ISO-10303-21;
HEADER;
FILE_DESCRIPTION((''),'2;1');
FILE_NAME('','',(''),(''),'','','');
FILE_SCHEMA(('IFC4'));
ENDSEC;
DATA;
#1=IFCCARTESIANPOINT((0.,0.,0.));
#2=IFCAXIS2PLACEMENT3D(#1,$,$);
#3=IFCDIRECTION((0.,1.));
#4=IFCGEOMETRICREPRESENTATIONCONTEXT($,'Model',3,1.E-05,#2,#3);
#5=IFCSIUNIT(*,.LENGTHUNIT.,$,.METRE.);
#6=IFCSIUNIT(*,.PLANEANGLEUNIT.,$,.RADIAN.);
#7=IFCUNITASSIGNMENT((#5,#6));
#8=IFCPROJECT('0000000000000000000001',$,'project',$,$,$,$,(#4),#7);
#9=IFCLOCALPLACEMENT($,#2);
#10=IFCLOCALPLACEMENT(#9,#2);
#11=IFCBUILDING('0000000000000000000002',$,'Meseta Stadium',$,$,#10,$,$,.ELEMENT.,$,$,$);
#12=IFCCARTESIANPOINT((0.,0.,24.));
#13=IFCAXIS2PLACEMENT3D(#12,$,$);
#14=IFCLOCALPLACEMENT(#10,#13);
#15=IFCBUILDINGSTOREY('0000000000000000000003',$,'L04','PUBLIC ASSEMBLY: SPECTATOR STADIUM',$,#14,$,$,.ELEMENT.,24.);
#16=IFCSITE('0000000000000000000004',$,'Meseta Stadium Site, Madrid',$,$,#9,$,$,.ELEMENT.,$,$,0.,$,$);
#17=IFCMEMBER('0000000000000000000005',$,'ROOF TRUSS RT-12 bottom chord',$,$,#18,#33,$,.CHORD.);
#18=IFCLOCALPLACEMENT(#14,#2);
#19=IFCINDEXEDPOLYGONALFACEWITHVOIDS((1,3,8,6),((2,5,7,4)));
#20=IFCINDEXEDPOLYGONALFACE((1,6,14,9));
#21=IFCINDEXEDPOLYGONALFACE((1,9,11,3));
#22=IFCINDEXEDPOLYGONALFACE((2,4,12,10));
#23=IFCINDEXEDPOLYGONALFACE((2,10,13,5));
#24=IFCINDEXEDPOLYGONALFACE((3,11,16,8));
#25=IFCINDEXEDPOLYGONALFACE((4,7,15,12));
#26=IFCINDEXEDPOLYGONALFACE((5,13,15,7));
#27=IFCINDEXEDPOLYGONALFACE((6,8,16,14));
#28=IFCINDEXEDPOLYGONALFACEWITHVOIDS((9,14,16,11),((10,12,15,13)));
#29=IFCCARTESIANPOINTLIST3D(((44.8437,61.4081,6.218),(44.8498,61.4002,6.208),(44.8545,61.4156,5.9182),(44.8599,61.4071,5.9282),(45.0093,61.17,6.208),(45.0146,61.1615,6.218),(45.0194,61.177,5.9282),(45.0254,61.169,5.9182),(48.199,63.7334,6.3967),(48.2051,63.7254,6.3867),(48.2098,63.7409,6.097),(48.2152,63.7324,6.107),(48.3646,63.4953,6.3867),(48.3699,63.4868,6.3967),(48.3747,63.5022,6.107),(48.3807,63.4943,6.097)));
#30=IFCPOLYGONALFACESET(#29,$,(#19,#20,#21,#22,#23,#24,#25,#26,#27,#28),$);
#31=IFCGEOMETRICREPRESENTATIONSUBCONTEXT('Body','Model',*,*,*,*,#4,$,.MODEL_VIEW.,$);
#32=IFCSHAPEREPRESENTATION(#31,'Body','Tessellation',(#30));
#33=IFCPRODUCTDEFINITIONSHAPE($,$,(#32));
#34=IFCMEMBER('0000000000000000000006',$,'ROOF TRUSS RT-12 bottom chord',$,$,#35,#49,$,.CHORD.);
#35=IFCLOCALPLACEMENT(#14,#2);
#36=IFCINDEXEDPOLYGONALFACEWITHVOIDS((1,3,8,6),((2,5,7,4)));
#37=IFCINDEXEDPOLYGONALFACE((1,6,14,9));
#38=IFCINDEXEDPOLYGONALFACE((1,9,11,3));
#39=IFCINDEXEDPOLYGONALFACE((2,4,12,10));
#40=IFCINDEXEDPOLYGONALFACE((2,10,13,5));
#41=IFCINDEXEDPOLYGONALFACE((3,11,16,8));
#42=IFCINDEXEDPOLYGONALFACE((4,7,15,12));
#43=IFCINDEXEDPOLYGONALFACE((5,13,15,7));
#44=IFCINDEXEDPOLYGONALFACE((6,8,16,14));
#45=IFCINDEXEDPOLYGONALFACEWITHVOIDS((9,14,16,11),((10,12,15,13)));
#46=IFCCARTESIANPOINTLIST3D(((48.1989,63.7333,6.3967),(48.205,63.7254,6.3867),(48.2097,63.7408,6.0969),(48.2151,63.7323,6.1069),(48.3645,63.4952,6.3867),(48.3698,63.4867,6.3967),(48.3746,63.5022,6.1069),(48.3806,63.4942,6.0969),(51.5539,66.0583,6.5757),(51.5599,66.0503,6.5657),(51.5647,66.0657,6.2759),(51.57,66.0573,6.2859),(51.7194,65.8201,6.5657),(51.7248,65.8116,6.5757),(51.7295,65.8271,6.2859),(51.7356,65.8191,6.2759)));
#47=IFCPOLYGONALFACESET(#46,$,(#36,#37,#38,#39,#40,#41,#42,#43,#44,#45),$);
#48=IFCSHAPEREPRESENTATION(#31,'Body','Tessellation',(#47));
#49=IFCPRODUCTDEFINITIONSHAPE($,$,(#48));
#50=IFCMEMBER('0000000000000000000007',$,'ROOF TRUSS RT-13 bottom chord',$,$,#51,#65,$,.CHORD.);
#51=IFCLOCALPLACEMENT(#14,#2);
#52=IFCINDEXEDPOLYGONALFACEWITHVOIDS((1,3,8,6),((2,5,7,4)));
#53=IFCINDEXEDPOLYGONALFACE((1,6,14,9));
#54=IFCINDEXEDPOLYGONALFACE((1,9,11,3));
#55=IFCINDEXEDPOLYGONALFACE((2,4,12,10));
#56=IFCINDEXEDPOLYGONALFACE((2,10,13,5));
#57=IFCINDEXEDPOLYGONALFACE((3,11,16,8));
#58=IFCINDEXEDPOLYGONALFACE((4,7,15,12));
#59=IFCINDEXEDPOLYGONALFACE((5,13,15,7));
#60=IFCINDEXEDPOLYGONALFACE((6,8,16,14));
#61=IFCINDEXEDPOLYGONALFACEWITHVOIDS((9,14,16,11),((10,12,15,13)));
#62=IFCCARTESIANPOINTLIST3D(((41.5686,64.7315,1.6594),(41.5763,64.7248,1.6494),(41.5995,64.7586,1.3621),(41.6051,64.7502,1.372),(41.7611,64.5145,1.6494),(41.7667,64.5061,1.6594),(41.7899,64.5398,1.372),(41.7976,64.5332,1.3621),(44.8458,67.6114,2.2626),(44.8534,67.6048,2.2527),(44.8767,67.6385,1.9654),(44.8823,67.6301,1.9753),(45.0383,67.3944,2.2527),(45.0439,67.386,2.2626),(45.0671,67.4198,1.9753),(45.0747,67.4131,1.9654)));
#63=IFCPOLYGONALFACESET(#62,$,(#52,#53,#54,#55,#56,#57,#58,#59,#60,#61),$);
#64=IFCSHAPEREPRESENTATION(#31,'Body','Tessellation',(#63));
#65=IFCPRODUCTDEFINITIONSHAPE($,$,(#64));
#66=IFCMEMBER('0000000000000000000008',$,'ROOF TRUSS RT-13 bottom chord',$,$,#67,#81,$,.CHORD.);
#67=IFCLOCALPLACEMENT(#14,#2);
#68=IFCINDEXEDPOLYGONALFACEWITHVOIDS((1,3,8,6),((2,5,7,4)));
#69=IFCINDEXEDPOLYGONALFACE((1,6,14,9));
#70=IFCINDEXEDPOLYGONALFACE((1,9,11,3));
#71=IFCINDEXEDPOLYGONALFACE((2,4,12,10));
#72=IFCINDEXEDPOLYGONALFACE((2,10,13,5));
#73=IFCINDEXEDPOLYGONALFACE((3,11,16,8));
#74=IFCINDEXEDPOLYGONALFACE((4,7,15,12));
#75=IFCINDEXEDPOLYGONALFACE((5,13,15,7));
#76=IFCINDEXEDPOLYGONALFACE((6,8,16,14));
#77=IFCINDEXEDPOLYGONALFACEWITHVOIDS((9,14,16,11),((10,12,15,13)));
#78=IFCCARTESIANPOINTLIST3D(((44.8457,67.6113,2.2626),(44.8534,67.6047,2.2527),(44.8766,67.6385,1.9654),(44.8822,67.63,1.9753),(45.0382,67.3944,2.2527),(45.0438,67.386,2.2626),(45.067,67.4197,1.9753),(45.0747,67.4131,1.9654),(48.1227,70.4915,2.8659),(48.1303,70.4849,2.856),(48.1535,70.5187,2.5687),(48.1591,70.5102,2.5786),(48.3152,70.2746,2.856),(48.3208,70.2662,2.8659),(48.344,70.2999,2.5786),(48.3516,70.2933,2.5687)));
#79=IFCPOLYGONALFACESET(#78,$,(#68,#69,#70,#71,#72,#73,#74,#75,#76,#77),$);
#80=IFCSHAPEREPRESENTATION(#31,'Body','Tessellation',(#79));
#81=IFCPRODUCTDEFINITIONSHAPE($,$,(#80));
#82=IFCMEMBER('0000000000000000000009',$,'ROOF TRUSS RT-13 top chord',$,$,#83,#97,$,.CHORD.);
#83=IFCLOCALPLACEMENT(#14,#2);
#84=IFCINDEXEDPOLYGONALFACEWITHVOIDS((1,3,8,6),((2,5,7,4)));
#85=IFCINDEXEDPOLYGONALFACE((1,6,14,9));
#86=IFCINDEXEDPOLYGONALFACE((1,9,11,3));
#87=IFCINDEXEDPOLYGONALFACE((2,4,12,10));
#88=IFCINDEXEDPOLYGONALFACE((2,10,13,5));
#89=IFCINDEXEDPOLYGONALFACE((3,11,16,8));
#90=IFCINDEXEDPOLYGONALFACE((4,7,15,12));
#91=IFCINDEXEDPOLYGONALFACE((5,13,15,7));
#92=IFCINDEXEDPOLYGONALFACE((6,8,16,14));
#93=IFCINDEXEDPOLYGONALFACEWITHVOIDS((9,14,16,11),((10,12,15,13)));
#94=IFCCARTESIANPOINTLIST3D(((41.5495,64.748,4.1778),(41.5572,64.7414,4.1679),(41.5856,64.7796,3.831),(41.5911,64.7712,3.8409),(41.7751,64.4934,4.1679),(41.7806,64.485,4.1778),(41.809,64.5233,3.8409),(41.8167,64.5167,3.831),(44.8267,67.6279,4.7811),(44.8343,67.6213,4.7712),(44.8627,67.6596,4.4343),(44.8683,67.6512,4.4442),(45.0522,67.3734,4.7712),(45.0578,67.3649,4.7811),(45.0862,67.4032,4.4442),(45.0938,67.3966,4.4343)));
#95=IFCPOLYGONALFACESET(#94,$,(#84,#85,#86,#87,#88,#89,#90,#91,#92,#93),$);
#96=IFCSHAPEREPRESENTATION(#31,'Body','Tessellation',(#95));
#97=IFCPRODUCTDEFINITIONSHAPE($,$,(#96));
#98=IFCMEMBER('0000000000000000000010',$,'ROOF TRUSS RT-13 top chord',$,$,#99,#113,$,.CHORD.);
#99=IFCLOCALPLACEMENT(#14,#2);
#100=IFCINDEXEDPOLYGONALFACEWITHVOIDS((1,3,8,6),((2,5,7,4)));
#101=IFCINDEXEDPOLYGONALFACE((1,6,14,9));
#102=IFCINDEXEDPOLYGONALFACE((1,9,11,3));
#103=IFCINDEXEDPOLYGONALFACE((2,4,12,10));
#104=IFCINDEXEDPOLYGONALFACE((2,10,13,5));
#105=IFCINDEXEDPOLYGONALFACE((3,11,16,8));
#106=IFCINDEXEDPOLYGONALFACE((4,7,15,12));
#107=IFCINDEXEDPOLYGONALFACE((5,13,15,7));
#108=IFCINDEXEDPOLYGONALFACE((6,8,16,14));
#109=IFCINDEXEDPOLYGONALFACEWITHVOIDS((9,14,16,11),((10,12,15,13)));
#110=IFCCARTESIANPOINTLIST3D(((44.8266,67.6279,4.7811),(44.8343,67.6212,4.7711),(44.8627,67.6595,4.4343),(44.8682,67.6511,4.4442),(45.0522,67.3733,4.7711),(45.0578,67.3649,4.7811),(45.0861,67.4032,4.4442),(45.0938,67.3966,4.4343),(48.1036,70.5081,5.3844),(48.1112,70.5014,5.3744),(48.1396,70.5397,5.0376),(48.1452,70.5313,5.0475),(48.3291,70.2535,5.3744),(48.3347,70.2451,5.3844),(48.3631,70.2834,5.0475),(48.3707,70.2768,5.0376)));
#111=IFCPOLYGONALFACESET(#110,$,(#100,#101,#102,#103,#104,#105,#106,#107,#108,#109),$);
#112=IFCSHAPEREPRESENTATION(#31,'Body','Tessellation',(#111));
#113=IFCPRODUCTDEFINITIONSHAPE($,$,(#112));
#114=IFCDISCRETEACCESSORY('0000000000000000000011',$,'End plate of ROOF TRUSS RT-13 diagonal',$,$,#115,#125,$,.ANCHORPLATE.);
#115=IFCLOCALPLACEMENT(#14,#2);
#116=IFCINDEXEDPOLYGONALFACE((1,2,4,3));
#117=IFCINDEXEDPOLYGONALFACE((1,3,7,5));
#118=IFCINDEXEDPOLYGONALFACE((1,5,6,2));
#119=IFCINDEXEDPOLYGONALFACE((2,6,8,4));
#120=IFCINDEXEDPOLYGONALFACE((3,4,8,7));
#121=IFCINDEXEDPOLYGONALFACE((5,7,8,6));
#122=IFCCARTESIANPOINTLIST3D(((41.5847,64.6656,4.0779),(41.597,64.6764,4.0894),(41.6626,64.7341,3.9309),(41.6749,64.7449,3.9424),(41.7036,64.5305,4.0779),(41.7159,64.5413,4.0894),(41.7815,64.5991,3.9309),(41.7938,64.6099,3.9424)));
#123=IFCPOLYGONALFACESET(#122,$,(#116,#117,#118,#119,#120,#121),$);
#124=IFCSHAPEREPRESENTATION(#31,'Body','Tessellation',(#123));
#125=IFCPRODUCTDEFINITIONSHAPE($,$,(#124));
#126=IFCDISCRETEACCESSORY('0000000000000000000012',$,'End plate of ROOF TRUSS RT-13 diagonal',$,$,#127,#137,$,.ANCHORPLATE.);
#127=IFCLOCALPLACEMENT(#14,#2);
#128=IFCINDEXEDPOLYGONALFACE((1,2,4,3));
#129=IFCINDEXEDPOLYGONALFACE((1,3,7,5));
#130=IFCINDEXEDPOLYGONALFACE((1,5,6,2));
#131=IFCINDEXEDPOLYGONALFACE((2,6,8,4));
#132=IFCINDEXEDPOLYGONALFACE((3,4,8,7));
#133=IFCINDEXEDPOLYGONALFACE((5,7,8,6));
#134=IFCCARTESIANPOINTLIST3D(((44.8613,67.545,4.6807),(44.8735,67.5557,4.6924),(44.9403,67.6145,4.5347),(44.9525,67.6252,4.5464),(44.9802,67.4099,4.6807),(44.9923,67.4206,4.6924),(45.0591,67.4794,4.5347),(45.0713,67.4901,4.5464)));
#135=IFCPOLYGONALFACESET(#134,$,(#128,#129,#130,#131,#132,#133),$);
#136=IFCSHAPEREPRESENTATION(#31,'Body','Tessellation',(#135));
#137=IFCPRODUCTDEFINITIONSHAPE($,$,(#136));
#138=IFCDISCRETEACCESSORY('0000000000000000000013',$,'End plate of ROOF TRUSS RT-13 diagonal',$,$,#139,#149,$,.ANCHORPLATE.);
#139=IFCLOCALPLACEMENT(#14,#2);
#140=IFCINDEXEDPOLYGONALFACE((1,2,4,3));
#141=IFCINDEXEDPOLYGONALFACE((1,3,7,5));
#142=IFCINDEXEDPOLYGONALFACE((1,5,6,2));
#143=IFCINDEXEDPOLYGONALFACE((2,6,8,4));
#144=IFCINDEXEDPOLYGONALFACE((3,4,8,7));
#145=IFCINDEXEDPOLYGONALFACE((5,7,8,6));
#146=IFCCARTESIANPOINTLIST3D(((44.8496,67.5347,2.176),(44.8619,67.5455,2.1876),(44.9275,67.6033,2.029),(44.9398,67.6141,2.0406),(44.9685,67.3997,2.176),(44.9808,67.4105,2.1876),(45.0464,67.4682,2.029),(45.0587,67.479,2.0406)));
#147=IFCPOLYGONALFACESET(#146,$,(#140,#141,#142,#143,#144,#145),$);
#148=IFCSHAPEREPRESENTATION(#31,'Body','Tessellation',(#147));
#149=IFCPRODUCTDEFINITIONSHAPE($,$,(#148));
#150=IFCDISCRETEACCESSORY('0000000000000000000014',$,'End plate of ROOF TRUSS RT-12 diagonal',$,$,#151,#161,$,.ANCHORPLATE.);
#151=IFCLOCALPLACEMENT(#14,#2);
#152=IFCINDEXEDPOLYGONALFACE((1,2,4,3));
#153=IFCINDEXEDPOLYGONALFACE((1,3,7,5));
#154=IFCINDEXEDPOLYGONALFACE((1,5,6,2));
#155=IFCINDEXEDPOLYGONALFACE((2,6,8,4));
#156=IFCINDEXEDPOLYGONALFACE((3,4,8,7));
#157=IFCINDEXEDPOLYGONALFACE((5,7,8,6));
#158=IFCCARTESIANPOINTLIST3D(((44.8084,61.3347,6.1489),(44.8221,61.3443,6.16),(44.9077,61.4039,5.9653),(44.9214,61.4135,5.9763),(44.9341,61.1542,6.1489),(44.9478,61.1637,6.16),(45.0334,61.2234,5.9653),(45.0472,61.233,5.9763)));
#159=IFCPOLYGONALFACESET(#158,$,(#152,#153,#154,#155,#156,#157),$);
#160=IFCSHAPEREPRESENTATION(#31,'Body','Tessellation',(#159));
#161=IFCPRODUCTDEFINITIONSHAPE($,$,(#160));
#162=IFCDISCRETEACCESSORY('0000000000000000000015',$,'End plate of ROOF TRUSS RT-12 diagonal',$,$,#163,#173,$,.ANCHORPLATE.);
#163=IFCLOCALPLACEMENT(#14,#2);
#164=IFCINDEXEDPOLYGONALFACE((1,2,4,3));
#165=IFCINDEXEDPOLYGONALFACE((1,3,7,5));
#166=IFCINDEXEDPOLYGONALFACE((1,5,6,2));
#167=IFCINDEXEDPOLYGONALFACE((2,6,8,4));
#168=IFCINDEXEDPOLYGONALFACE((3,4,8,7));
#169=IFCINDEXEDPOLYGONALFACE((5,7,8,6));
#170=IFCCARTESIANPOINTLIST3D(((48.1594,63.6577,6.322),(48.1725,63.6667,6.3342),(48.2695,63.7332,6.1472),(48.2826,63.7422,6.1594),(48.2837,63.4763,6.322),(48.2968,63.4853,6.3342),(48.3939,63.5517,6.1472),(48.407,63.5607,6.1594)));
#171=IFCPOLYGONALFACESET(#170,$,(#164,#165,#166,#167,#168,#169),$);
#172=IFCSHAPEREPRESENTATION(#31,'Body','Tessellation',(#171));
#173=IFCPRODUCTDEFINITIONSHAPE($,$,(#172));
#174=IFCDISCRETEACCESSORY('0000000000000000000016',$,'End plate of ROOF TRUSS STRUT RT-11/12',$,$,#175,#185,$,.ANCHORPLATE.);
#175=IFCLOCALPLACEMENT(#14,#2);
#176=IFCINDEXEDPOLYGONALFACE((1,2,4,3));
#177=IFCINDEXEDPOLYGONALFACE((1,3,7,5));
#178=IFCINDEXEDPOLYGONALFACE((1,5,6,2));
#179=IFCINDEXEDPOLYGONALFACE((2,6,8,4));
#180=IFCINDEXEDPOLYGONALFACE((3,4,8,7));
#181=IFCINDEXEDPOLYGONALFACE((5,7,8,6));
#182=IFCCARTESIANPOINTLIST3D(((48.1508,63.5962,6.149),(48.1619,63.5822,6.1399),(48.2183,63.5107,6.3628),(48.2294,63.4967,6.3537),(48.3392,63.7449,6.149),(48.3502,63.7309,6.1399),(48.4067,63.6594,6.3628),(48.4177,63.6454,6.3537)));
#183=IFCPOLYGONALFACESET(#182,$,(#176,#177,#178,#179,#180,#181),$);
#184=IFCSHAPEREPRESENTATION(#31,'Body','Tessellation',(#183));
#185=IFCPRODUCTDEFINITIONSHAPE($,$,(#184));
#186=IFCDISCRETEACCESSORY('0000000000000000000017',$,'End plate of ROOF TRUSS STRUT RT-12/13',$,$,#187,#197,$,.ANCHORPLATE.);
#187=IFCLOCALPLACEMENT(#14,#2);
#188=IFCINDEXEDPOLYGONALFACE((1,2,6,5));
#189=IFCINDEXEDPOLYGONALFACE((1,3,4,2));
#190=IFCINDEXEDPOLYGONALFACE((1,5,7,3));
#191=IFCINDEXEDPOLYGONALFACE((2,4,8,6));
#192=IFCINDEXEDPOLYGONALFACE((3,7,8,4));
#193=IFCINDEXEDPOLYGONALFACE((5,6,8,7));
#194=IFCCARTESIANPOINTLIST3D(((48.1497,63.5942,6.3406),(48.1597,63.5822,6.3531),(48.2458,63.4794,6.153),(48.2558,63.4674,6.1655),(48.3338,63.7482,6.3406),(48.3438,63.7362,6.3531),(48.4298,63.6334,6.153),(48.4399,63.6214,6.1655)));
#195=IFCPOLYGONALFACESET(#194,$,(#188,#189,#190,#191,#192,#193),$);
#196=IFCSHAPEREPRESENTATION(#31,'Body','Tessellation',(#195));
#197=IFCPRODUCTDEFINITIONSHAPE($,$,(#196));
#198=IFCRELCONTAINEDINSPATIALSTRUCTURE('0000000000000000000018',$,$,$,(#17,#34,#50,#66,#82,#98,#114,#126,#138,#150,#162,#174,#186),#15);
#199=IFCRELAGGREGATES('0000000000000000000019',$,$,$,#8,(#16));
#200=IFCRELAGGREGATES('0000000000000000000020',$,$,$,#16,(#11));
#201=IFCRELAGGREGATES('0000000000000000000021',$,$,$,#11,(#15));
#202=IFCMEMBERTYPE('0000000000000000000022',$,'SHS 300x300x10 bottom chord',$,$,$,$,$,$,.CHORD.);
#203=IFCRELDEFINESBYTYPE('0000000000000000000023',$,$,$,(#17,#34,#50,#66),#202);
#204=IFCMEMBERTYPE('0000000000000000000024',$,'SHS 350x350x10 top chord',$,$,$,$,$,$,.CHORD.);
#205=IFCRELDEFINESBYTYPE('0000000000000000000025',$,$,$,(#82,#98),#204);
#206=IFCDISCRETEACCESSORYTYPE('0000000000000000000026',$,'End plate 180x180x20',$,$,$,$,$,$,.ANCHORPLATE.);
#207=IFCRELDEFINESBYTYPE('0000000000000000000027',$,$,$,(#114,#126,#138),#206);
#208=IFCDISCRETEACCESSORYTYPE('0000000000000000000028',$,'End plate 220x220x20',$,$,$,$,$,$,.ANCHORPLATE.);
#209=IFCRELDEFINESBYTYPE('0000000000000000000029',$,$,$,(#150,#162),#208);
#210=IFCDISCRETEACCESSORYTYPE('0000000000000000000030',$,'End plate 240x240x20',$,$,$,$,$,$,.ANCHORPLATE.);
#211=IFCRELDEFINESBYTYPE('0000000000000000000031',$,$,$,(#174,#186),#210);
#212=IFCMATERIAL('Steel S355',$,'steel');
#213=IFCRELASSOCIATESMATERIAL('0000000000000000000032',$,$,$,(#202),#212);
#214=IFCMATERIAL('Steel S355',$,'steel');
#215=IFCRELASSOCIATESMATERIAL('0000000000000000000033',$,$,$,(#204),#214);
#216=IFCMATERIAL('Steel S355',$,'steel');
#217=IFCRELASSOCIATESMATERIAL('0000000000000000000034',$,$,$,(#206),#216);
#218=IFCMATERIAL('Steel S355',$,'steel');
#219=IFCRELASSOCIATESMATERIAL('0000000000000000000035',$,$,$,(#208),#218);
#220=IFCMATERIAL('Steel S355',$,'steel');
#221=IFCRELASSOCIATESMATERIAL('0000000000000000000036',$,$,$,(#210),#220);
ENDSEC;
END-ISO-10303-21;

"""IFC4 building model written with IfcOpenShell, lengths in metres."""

from ifc_helpers import new_model, si_unit, direction, frame, origin, origin_2d, place, context, subcontext, project, spatial, rectangle, hollow_rectangle, extrude, material, material_profile, profile_set, type_object, element, save


model = new_model("IFC4")

# Units and contexts
model_context = context("Model", 3, precision=1e-05, world=origin(), true_north=direction((0.0, 1.0)))
body_context = subcontext(model_context, "Body", "Model", "MODEL_VIEW")
ifc_project = project(units=[si_unit("LENGTHUNIT", "METRE"), si_unit("PLANEANGLEUNIT", "RADIAN")], contexts=[model_context])

# Site, building, storey
site_placement = place(None, origin())
site = spatial("IfcSite", under=ifc_project, at=site_placement, Name="Meseta Stadium Site, Madrid", CompositionType="ELEMENT", RefElevation=0.0)
building_placement = place(site_placement, origin())
building = spatial("IfcBuilding", under=site, at=building_placement, Name="Meseta Stadium", CompositionType="ELEMENT")
storey_placement = place(building_placement, frame((0.0, 0.0, 24.0)))
storey = spatial("IfcBuildingStorey", under=building, at=storey_placement, Name="L04", Description="PUBLIC ASSEMBLY: SPECTATOR STADIUM", CompositionType="ELEMENT", Elevation=24.0)

# Members
ifc_material_1 = material(Name="Steel S355", Category="steel")
ifc_material_profile_1 = material_profile(ifc_material_1, hollow_rectangle(XDim=0.3, YDim=0.3, WallThickness=0.01, at=origin_2d()), Name="SHS 300x300x10")
ifc_profile_set_1 = profile_set([ifc_material_profile_1], Name="Steel S355")
member_type_1 = type_object("IfcMemberType", Name="SHS 300x300x10 bottom chord", PredefinedType="CHORD", material=ifc_profile_set_1)
member_1_placement = place(storey_placement, frame((44.9346, 61.2886, 6.0681), z_axis=(0.821136, 0.569054, 0.043737), x_axis=(-0.569599, 0.821923, 0.0)))
element("IfcMember", 1, at=member_1_placement, inside=storey, type_object=member_type_1, Name="ROOF TRUSS RT-12 bottom chord", PredefinedType="CHORD", context=body_context, shape_type="SweptSolid", body=[
    extrude(hollow_rectangle(XDim=0.3, YDim=0.3, WallThickness=0.01, at=origin_2d()), origin(), (0.0, 0.0, 1.0), 4.0862),
])
member_2_placement = place(storey_placement, frame((48.2898, 63.6138, 6.2468), z_axis=(0.821143, 0.56904, 0.0438), x_axis=(-0.569586, 0.821932, 0.0)))
element("IfcMember", 2, at=member_2_placement, inside=storey, type_object=member_type_1, Name="ROOF TRUSS RT-12 bottom chord", PredefinedType="CHORD", context=body_context, shape_type="SweptSolid", body=[
    extrude(hollow_rectangle(XDim=0.3, YDim=0.3, WallThickness=0.01, at=origin_2d()), origin(), (0.0, 0.0, 1.0), 4.0857),
])
for number, where, z_axis, x_axis, name in (
    (3, (41.6831, 64.6323, 1.5107), (0.744084, 0.653894, 0.136976), (-0.660116, 0.751164, 0.0), "ROOF TRUSS RT-13 bottom chord"),
    (4, (44.9602, 67.5122, 2.114), (0.744032, 0.653952, 0.136977), (-0.660175, 0.751112, 0.0), "ROOF TRUSS RT-13 bottom chord"),
):
    element("IfcMember", number, at=place(storey_placement, frame(where, z_axis=z_axis, x_axis=x_axis)), inside=storey, type_object=member_type_1, Name=name, PredefinedType="CHORD", context=body_context, shape_type="SweptSolid", body=[
        extrude(hollow_rectangle(XDim=0.3, YDim=0.3, WallThickness=0.01, at=origin_2d()), origin(), (0.0, 0.0, 1.0), 4.4043),
    ])
ifc_material_2 = material(Name="Steel S355", Category="steel")
ifc_material_profile_2 = material_profile(ifc_material_2, hollow_rectangle(XDim=0.3501, YDim=0.3501, WallThickness=0.01, at=origin_2d()), Name="SHS 350x350x10")
ifc_profile_set_2 = profile_set([ifc_material_profile_2], Name="Steel S355")
member_type_2 = type_object("IfcMemberType", Name="SHS 350x350x10 top chord", PredefinedType="CHORD", material=ifc_profile_set_2)
for number, where, z_axis, x_axis, name in (
    (5, (41.6831, 64.6323, 4.0044), (0.744084, 0.653894, 0.136976), (-0.660116, 0.751164, 0.0), "ROOF TRUSS RT-13 top chord"),
    (6, (44.9602, 67.5122, 4.6077), (0.744032, 0.653952, 0.136977), (-0.660175, 0.751112, 0.0), "ROOF TRUSS RT-13 top chord"),
):
    element("IfcMember", number, at=place(storey_placement, frame(where, z_axis=z_axis, x_axis=x_axis)), inside=storey, type_object=member_type_2, Name=name, PredefinedType="CHORD", context=body_context, shape_type="SweptSolid", body=[
        extrude(hollow_rectangle(XDim=0.3501, YDim=0.3501, WallThickness=0.01, at=origin_2d()), origin(), (0.0, 0.0, 1.0), 4.4043),
    ])

# Discrete accessories
ifc_material_3 = material(Name="Steel S355", Category="steel")
ifc_material_profile_3 = material_profile(ifc_material_3, rectangle(XDim=0.1799, YDim=0.1799, at=origin_2d()), Name="PL 180x180")
ifc_profile_set_3 = profile_set([ifc_material_profile_3], Name="Steel S355")
discrete_accessory_type_1 = type_object("IfcDiscreteAccessoryType", Name="End plate 180x180x20", PredefinedType="ANCHORPLATE", material=ifc_profile_set_3)
for number, where, z_axis, x_axis, name in (
    (7, (41.6831, 64.6323, 4.0044), (0.61337, 0.539766, 0.576568), (-0.660628, 0.750714, 0.0), "End plate of ROOF TRUSS RT-13 diagonal"),
    (8, (44.9602, 67.5122, 4.6077), (0.609032, 0.535948, 0.584671), (-0.660628, 0.750714, 0.0), "End plate of ROOF TRUSS RT-13 diagonal"),
    (9, (44.948, 67.5015, 2.1025), (0.61337, 0.539766, 0.576568), (-0.660628, 0.750714, 0.0), "End plate of ROOF TRUSS RT-13 diagonal"),
):
    element("IfcDiscreteAccessory", number, at=place(storey_placement, frame(where, z_axis=z_axis, x_axis=x_axis)), inside=storey, type_object=discrete_accessory_type_1, Name=name, PredefinedType="ANCHORPLATE", context=body_context, shape_type="SweptSolid", body=[
        extrude(rectangle(XDim=0.1799, YDim=0.1799, at=origin_2d()), origin(), (0.0, 0.0, 1.0), 0.02),
    ])
ifc_material_4 = material(Name="Steel S355", Category="steel")
ifc_material_profile_4 = material_profile(ifc_material_4, rectangle(XDim=0.22, YDim=0.22, at=origin_2d()), Name="PL 220x220")
ifc_profile_set_4 = profile_set([ifc_material_profile_4], Name="Steel S355")
discrete_accessory_type_2 = type_object("IfcDiscreteAccessoryType", Name="End plate 220x220x20", PredefinedType="ANCHORPLATE", material=ifc_profile_set_4)
for number, where, z_axis, x_axis, name in (
    (10, (44.9209, 61.2791, 6.0571), (0.68507, 0.477102, 0.550502), (-0.571494, 0.820606, 0.0), "End plate of ROOF TRUSS RT-12 diagonal"),
    (11, (48.2766, 63.6047, 6.2346), (0.65557, 0.449187, 0.607009), (-0.565231, 0.824932, 0.0), "End plate of ROOF TRUSS RT-12 diagonal"),
):
    element("IfcDiscreteAccessory", number, at=place(storey_placement, frame(where, z_axis=z_axis, x_axis=x_axis)), inside=storey, type_object=discrete_accessory_type_2, Name=name, PredefinedType="ANCHORPLATE", context=body_context, shape_type="SweptSolid", body=[
        extrude(rectangle(XDim=0.22, YDim=0.22, at=origin_2d()), origin(), (0.0, 0.0, 1.0), 0.02),
    ])
ifc_material_5 = material(Name="Steel S355", Category="steel")
ifc_material_profile_5 = material_profile(ifc_material_5, rectangle(XDim=0.24, YDim=0.24, at=origin_2d()), Name="PL 240x240")
ifc_profile_set_5 = profile_set([ifc_material_profile_5], Name="Steel S355")
discrete_accessory_type_3 = type_object("IfcDiscreteAccessoryType", Name="End plate 240x240x20", PredefinedType="ANCHORPLATE", material=ifc_profile_set_5)
for number, where, z_axis, x_axis, name in (
    (12, (48.2898, 63.6138, 6.2468), (-0.552116, 0.699347, 0.453962), (-0.784883, -0.619644, 0.0), "End plate of ROOF TRUSS STRUT RT-11/12"),
    (13, (48.2998, 63.6018, 6.2593), (-0.501531, 0.599391, -0.623856), (-0.766937, -0.641723, 0.0), "End plate of ROOF TRUSS STRUT RT-12/13"),
):
    element("IfcDiscreteAccessory", number, at=place(storey_placement, frame(where, z_axis=z_axis, x_axis=x_axis)), inside=storey, type_object=discrete_accessory_type_3, Name=name, PredefinedType="ANCHORPLATE", context=body_context, shape_type="SweptSolid", body=[
        extrude(rectangle(XDim=0.24, YDim=0.24, at=origin_2d()), origin(), (0.0, 0.0, 1.0), 0.02),
    ])

save(model, "model.ifc")
